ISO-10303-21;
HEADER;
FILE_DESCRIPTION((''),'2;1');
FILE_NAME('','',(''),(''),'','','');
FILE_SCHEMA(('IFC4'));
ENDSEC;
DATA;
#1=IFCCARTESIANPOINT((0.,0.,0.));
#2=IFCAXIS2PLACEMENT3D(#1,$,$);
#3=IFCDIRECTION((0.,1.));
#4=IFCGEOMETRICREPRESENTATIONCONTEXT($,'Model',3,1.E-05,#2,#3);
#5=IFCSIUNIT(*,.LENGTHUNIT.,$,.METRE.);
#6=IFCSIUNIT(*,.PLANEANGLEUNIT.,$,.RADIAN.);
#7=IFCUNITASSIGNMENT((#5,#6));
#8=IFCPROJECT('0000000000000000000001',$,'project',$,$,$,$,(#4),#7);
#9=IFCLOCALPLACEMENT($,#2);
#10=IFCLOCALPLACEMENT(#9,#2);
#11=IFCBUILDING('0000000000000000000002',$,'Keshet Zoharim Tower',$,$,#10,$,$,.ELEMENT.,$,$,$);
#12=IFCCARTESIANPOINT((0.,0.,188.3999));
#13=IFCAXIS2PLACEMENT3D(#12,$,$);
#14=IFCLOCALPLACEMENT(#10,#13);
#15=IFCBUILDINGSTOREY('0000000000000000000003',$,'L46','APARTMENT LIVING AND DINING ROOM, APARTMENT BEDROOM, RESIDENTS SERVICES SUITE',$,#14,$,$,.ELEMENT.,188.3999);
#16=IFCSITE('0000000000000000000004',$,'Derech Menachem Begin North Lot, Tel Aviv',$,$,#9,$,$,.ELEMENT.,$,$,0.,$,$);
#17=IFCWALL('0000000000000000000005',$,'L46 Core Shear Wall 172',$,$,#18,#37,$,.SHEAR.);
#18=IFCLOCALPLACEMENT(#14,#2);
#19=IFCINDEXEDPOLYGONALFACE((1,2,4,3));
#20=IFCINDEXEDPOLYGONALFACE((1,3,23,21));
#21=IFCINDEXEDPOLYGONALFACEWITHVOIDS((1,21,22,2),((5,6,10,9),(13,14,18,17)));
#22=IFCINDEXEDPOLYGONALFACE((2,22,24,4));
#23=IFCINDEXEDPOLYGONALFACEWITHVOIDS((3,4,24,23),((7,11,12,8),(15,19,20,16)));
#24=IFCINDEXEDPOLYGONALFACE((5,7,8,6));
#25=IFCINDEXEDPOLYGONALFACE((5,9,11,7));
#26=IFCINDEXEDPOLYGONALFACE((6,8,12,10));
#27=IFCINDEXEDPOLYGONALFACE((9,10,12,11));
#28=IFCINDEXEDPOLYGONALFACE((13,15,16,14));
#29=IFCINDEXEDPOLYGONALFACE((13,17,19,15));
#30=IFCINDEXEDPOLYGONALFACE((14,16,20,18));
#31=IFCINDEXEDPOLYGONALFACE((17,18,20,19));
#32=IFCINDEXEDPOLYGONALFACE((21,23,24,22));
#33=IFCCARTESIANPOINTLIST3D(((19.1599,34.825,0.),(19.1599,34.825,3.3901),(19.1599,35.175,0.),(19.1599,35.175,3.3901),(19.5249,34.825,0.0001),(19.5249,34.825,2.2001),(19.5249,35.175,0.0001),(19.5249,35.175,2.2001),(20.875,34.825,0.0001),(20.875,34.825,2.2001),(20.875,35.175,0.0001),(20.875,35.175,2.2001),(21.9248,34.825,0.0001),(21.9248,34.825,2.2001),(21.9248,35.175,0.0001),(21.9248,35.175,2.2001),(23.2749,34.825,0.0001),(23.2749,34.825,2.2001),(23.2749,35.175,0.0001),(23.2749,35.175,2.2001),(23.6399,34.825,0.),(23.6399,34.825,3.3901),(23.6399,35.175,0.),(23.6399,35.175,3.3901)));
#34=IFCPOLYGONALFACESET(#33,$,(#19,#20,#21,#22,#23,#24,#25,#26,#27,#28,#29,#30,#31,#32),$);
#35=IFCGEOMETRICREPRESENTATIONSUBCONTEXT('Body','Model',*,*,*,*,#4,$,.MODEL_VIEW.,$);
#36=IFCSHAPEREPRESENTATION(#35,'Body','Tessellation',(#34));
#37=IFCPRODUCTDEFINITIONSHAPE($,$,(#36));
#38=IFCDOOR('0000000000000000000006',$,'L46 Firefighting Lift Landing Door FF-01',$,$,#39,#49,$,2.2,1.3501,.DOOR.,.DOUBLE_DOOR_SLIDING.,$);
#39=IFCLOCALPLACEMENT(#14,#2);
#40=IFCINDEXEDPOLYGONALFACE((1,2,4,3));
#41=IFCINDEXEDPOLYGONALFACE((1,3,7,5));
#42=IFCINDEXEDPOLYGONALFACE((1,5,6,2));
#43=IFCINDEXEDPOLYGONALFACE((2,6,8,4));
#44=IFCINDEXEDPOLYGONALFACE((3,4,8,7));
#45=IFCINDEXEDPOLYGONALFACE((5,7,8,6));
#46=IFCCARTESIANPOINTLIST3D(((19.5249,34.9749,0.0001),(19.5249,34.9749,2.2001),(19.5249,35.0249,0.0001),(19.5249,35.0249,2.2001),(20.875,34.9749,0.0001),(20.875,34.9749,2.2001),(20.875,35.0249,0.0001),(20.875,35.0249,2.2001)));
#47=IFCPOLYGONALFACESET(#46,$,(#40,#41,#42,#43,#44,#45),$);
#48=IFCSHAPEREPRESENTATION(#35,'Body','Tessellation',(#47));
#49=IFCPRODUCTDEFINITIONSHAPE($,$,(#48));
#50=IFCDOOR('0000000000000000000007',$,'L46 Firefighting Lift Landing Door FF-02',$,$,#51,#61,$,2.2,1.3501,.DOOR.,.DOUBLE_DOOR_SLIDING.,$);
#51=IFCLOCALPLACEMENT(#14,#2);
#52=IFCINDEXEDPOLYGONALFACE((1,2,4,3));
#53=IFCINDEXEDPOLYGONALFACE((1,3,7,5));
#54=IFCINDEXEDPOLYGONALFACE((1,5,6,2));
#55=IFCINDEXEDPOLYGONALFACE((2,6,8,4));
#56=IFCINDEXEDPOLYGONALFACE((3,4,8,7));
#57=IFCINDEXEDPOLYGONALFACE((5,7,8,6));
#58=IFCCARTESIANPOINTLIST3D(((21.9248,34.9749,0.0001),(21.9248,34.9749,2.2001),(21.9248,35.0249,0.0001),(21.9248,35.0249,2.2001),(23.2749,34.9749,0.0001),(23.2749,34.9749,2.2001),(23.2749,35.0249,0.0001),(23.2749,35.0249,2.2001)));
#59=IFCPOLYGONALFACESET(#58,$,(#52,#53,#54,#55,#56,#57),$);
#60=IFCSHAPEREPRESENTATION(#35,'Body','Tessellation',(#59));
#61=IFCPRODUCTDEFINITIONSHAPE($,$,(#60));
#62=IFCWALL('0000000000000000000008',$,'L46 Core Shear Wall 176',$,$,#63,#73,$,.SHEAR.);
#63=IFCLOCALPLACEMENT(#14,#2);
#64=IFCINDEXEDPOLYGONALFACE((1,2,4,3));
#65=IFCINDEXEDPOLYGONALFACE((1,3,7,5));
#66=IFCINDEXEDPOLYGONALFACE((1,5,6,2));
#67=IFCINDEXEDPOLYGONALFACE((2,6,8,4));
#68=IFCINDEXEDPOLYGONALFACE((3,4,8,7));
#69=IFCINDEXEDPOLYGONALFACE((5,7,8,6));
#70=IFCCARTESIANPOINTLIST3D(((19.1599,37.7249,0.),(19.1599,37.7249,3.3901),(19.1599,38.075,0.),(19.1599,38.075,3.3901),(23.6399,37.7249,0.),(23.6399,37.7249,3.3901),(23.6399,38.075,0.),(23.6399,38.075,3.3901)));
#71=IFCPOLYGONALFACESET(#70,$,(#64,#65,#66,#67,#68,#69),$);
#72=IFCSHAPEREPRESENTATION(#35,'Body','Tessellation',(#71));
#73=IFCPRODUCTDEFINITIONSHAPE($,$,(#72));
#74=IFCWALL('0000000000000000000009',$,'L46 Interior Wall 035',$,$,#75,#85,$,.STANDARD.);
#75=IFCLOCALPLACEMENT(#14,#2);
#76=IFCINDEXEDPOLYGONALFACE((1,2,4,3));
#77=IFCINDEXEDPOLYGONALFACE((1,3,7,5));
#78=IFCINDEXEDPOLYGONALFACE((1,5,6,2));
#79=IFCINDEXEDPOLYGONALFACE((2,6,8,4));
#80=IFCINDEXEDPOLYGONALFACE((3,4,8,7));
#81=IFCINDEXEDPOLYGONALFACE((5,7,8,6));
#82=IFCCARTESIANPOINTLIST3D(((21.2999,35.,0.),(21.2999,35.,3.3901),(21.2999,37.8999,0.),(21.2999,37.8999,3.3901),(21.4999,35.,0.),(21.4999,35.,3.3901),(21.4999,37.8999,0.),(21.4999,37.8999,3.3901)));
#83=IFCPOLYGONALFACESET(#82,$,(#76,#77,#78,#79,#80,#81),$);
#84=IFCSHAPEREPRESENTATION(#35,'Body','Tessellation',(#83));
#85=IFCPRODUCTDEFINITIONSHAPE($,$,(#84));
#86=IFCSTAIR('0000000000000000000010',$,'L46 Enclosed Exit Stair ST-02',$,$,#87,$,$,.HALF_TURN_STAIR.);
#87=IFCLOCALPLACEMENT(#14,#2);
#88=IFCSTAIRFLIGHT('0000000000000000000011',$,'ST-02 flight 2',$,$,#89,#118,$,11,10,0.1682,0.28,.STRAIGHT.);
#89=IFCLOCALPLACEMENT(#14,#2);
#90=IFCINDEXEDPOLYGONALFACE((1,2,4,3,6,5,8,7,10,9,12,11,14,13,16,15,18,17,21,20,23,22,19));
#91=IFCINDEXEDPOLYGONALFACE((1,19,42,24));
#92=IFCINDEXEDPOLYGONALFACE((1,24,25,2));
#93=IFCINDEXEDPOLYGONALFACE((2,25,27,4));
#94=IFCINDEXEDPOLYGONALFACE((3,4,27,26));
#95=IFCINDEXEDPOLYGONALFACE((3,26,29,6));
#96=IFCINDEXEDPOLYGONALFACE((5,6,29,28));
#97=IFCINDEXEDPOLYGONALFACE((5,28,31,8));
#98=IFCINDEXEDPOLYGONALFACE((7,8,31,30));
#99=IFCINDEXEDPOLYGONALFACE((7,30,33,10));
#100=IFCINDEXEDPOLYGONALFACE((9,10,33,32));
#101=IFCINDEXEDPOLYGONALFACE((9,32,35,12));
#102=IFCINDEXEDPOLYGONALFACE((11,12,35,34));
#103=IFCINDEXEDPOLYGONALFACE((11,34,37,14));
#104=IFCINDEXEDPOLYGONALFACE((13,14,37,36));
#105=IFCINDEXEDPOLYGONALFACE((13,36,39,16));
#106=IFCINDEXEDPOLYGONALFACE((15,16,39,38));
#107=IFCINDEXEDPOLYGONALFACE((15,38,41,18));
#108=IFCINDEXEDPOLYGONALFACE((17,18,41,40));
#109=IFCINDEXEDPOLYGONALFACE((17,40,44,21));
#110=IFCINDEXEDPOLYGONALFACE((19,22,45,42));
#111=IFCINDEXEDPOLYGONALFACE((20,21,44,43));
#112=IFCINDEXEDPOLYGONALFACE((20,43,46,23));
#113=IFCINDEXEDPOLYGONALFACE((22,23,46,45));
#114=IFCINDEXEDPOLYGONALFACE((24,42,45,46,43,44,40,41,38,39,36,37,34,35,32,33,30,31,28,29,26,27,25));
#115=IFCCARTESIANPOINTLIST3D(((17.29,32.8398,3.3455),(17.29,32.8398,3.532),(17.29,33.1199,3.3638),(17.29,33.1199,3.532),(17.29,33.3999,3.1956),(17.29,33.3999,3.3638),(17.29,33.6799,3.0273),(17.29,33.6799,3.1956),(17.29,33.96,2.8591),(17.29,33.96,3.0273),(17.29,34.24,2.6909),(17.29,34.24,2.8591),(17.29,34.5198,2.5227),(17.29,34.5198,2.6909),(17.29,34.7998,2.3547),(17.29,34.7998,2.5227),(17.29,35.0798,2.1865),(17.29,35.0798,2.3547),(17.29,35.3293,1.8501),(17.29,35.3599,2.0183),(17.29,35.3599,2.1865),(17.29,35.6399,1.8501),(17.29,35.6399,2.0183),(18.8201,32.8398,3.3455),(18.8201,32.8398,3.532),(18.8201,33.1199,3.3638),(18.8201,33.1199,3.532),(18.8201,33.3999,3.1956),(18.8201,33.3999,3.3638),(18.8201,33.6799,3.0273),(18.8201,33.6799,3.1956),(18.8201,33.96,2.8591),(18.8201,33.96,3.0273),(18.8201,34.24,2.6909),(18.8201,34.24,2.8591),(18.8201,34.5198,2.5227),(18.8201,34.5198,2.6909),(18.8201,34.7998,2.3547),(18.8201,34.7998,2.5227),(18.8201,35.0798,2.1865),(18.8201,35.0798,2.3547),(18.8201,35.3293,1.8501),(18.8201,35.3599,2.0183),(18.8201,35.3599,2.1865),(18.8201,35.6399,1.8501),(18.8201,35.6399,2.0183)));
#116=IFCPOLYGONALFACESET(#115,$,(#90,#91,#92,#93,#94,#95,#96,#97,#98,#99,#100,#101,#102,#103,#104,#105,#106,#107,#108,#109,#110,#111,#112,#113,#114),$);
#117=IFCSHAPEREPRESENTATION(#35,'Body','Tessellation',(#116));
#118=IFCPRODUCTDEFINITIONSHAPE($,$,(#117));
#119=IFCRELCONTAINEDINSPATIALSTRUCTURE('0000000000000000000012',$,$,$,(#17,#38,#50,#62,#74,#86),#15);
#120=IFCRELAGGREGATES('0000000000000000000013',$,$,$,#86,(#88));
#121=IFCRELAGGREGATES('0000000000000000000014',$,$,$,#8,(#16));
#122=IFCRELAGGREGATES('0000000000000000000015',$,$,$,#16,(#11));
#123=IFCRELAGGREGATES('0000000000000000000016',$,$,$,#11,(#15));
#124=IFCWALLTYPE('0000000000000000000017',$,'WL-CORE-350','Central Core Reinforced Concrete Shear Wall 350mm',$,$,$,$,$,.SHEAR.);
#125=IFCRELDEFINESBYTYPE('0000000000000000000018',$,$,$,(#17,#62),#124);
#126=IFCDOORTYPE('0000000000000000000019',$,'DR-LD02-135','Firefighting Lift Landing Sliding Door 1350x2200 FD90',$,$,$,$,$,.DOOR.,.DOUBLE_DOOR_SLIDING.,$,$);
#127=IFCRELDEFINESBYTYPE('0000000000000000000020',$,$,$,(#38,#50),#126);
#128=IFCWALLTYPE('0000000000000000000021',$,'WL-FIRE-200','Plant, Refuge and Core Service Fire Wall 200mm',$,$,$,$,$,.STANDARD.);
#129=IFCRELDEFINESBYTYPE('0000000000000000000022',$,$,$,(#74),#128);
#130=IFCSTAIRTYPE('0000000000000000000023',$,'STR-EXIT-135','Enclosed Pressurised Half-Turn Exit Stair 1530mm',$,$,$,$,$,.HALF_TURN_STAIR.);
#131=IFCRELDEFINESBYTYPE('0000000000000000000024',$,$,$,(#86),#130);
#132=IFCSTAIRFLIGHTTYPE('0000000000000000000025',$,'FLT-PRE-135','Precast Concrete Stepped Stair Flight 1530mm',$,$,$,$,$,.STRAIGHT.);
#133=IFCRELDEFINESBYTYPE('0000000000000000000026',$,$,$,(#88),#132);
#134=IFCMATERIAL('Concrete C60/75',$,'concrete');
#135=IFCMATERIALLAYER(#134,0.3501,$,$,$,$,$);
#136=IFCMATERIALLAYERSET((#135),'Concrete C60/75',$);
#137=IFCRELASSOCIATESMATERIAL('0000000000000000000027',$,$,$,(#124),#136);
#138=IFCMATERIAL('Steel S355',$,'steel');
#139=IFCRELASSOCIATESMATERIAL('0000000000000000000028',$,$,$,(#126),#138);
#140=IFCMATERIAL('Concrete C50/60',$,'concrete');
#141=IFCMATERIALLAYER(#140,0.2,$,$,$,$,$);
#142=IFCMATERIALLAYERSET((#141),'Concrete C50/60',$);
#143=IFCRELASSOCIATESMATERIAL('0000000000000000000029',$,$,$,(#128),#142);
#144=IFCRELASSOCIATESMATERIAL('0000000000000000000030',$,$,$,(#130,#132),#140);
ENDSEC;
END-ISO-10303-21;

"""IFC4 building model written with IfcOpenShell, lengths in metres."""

from ifc_helpers import new_model, si_unit, direction, frame, frame_2d, origin, place, context, subcontext, project, spatial, polyline, rectangle, outline, extrude, material, layer, layer_set, type_object, element, fill, aggregate, save


model = new_model("IFC4")

# Units and contexts
model_context = context("Model", 3, precision=1e-05, world=origin(), true_north=direction((0.0, 1.0)))
body_context = subcontext(model_context, "Body", "Model", "MODEL_VIEW")
ifc_project = project(units=[si_unit("LENGTHUNIT", "METRE"), si_unit("PLANEANGLEUNIT", "RADIAN")], contexts=[model_context])

# Site, building, storey
site_placement = place(None, origin())
site = spatial("IfcSite", under=ifc_project, at=site_placement, Name="Derech Menachem Begin North Lot, Tel Aviv", CompositionType="ELEMENT", RefElevation=0.0)
building_placement = place(site_placement, origin())
building = spatial("IfcBuilding", under=site, at=building_placement, Name="Keshet Zoharim Tower", CompositionType="ELEMENT")
storey_placement = place(building_placement, frame((0.0, 0.0, 188.3999)))
storey = spatial("IfcBuildingStorey", under=building, at=storey_placement, Name="L46", Description="APARTMENT LIVING AND DINING ROOM, APARTMENT BEDROOM, RESIDENTS SERVICES SUITE", CompositionType="ELEMENT", Elevation=188.3999)

# Shared definitions
ifc_material_1 = material(Name="Steel S355", Category="steel")

# Shared definitions
ifc_material_2 = material(Name="Concrete C60/75", Category="concrete")
ifc_layer_1 = layer(ifc_material_2, 0.3501)
ifc_layer_set_1 = layer_set([ifc_layer_1], Name="Concrete C60/75")
wall_type_1 = type_object("IfcWallType", Name="WL-CORE-350", Description="Central Core Reinforced Concrete Shear Wall 350mm", PredefinedType="SHEAR", material=ifc_layer_set_1)

# Wall, openings, doors
wall_1_placement = place(storey_placement, frame((19.1599, 35.0, 0.0), z_axis=(0.0, 0.0, 1.0), x_axis=(1.0, 0.0, 0.0)))
wall_1 = element("IfcWall", 1, at=wall_1_placement, inside=storey, type_object=wall_type_1, Name="L46 Core Shear Wall 172", PredefinedType="SHEAR", context=body_context, shape_type="SweptSolid", body=[
    extrude(rectangle(XDim=4.48, YDim=0.3501, at=frame_2d((2.24, 0.0))), origin(), (0.0, 0.0, 1.0), 3.3901),
])
opening_1_placement = place(wall_1_placement, frame((0.365, 0.0, 0.0)))
opening_1 = element("IfcOpeningElement", 2, at=opening_1_placement, cuts=wall_1, PredefinedType="OPENING", context=body_context, shape_type="SweptSolid", body=[
    extrude(rectangle(XDim=1.3501, YDim=2.2, at=frame_2d((0.675, 1.1001))), frame((0.0, 0.1851, 0.0), z_axis=(0.0, -1.0, 0.0), x_axis=(1.0, 0.0, 0.0)), (0.0, 0.0, 1.0), 0.3701),
])
opening_2_placement = place(wall_1_placement, frame((2.7649, 0.0, 0.0)))
opening_2 = element("IfcOpeningElement", 3, at=opening_2_placement, cuts=wall_1, PredefinedType="OPENING", context=body_context, shape_type="SweptSolid", body=[
    extrude(rectangle(XDim=1.3501, YDim=2.2, at=frame_2d((0.675, 1.1001))), frame((0.0, 0.1851, 0.0), z_axis=(0.0, -1.0, 0.0), x_axis=(1.0, 0.0, 0.0)), (0.0, 0.0, 1.0), 0.3701),
])
door_type_1 = type_object("IfcDoorType", Name="DR-LD02-135", Description="Firefighting Lift Landing Sliding Door 1350x2200 FD90", OperationType="DOUBLE_DOOR_SLIDING", PredefinedType="DOOR", material=ifc_material_1)
door_1_placement = place(opening_1_placement, origin())
door_1 = element("IfcDoor", 4, at=door_1_placement, inside=storey, type_object=door_type_1, Name="L46 Firefighting Lift Landing Door FF-01", OperationType="DOUBLE_DOOR_SLIDING", OverallHeight=2.2, OverallWidth=1.3501, PredefinedType="DOOR", context=body_context, shape_type="SweptSolid", body=[
    extrude(rectangle(XDim=1.3501, YDim=2.2, at=frame_2d((0.675, 1.1001))), frame((0.0, 0.0249, 0.0), z_axis=(0.0, -1.0, 0.0), x_axis=(1.0, 0.0, 0.0)), (0.0, 0.0, 1.0), 0.05),
])
fill(opening_1, door_1)
door_2_placement = place(opening_2_placement, origin())
door_2 = element("IfcDoor", 5, at=door_2_placement, inside=storey, type_object=door_type_1, Name="L46 Firefighting Lift Landing Door FF-02", OperationType="DOUBLE_DOOR_SLIDING", OverallHeight=2.2, OverallWidth=1.3501, PredefinedType="DOOR", context=body_context, shape_type="SweptSolid", body=[
    extrude(rectangle(XDim=1.3501, YDim=2.2, at=frame_2d((0.675, 1.1001))), frame((0.0, 0.0249, 0.0), z_axis=(0.0, -1.0, 0.0), x_axis=(1.0, 0.0, 0.0)), (0.0, 0.0, 1.0), 0.05),
])
fill(opening_2, door_2)

# Walls
wall_2_placement = place(storey_placement, frame((19.1599, 37.8999, 0.0), z_axis=(0.0, 0.0, 1.0), x_axis=(1.0, 0.0, 0.0)))
element("IfcWall", 6, at=wall_2_placement, inside=storey, type_object=wall_type_1, Name="L46 Core Shear Wall 176", PredefinedType="SHEAR", context=body_context, shape_type="SweptSolid", body=[
    extrude(rectangle(XDim=4.48, YDim=0.3501, at=frame_2d((2.24, 0.0))), origin(), (0.0, 0.0, 1.0), 3.3901),
])
ifc_material_3 = material(Name="Concrete C50/60", Category="concrete")
ifc_layer_2 = layer(ifc_material_3, 0.2)
ifc_layer_set_2 = layer_set([ifc_layer_2], Name="Concrete C50/60")
wall_type_2 = type_object("IfcWallType", Name="WL-FIRE-200", Description="Plant, Refuge and Core Service Fire Wall 200mm", PredefinedType="STANDARD", material=ifc_layer_set_2)
wall_3_placement = place(storey_placement, frame((21.3999, 35.0, 0.0), z_axis=(0.0, 0.0, 1.0), x_axis=(0.0, 1.0, 0.0)))
element("IfcWall", 7, at=wall_3_placement, inside=storey, type_object=wall_type_2, Name="L46 Interior Wall 035", PredefinedType="STANDARD", context=body_context, shape_type="SweptSolid", body=[
    extrude(rectangle(XDim=2.8999, YDim=0.2, at=frame_2d((1.45, 0.0))), origin(), (0.0, 0.0, 1.0), 3.3901),
])

# Stair, stair flight
stair_type = type_object("IfcStairType", Name="STR-EXIT-135", Description="Enclosed Pressurised Half-Turn Exit Stair 1530mm", PredefinedType="HALF_TURN_STAIR", material=ifc_material_3)
stair_placement = place(storey_placement, origin())
stair = element("IfcStair", 8, at=stair_placement, inside=storey, type_object=stair_type, Name="L46 Enclosed Exit Stair ST-02", PredefinedType="HALF_TURN_STAIR")
stair_flight_type = type_object("IfcStairFlightType", Name="FLT-PRE-135", Description="Precast Concrete Stepped Stair Flight 1530mm", PredefinedType="STRAIGHT", material=ifc_material_3)
stair_flight_placement = place(storey_placement, frame((18.0549, 35.6399, 1.8501), z_axis=(0.0, 0.0, 1.0), x_axis=(0.0, -1.0, 0.0)))
stair_flight = element("IfcStairFlight", 9, at=stair_flight_placement, type_object=stair_flight_type, Name="ST-02 flight 2", NumberOfRisers=11, NumberOfTreads=10, PredefinedType="STRAIGHT", RiserHeight=0.1682, TreadLength=0.28, context=body_context, shape_type="SweptSolid", body=[
    extrude(outline(polyline([(0.0, 0.0), (0.0, 0.1682), (0.28, 0.1682), (0.28, 0.3364), (0.5601, 0.3364), (0.5601, 0.5046), (0.8401, 0.5046), (0.8401, 0.6726), (1.1201, 0.6726), (1.1201, 0.8408), (1.3999, 0.8408), (1.3999, 1.009), (1.6799, 1.009), (1.6799, 1.1772), (1.96, 1.1772), (1.96, 1.3455), (2.24, 1.3455), (2.24, 1.5137), (2.52, 1.5137), (2.52, 1.6819), (2.8, 1.6819), (2.8, 1.8501), (2.8, 1.4954), (0.3105, 0.0), (0.0, 0.0)])), frame((0.0, 0.7651, 0.0), z_axis=(0.0, -1.0, 0.0), x_axis=(1.0, 0.0, 0.0)), (0.0, 0.0, 1.0), 1.53),
])
aggregate(stair, [stair_flight])

save(model, "model.ifc")
